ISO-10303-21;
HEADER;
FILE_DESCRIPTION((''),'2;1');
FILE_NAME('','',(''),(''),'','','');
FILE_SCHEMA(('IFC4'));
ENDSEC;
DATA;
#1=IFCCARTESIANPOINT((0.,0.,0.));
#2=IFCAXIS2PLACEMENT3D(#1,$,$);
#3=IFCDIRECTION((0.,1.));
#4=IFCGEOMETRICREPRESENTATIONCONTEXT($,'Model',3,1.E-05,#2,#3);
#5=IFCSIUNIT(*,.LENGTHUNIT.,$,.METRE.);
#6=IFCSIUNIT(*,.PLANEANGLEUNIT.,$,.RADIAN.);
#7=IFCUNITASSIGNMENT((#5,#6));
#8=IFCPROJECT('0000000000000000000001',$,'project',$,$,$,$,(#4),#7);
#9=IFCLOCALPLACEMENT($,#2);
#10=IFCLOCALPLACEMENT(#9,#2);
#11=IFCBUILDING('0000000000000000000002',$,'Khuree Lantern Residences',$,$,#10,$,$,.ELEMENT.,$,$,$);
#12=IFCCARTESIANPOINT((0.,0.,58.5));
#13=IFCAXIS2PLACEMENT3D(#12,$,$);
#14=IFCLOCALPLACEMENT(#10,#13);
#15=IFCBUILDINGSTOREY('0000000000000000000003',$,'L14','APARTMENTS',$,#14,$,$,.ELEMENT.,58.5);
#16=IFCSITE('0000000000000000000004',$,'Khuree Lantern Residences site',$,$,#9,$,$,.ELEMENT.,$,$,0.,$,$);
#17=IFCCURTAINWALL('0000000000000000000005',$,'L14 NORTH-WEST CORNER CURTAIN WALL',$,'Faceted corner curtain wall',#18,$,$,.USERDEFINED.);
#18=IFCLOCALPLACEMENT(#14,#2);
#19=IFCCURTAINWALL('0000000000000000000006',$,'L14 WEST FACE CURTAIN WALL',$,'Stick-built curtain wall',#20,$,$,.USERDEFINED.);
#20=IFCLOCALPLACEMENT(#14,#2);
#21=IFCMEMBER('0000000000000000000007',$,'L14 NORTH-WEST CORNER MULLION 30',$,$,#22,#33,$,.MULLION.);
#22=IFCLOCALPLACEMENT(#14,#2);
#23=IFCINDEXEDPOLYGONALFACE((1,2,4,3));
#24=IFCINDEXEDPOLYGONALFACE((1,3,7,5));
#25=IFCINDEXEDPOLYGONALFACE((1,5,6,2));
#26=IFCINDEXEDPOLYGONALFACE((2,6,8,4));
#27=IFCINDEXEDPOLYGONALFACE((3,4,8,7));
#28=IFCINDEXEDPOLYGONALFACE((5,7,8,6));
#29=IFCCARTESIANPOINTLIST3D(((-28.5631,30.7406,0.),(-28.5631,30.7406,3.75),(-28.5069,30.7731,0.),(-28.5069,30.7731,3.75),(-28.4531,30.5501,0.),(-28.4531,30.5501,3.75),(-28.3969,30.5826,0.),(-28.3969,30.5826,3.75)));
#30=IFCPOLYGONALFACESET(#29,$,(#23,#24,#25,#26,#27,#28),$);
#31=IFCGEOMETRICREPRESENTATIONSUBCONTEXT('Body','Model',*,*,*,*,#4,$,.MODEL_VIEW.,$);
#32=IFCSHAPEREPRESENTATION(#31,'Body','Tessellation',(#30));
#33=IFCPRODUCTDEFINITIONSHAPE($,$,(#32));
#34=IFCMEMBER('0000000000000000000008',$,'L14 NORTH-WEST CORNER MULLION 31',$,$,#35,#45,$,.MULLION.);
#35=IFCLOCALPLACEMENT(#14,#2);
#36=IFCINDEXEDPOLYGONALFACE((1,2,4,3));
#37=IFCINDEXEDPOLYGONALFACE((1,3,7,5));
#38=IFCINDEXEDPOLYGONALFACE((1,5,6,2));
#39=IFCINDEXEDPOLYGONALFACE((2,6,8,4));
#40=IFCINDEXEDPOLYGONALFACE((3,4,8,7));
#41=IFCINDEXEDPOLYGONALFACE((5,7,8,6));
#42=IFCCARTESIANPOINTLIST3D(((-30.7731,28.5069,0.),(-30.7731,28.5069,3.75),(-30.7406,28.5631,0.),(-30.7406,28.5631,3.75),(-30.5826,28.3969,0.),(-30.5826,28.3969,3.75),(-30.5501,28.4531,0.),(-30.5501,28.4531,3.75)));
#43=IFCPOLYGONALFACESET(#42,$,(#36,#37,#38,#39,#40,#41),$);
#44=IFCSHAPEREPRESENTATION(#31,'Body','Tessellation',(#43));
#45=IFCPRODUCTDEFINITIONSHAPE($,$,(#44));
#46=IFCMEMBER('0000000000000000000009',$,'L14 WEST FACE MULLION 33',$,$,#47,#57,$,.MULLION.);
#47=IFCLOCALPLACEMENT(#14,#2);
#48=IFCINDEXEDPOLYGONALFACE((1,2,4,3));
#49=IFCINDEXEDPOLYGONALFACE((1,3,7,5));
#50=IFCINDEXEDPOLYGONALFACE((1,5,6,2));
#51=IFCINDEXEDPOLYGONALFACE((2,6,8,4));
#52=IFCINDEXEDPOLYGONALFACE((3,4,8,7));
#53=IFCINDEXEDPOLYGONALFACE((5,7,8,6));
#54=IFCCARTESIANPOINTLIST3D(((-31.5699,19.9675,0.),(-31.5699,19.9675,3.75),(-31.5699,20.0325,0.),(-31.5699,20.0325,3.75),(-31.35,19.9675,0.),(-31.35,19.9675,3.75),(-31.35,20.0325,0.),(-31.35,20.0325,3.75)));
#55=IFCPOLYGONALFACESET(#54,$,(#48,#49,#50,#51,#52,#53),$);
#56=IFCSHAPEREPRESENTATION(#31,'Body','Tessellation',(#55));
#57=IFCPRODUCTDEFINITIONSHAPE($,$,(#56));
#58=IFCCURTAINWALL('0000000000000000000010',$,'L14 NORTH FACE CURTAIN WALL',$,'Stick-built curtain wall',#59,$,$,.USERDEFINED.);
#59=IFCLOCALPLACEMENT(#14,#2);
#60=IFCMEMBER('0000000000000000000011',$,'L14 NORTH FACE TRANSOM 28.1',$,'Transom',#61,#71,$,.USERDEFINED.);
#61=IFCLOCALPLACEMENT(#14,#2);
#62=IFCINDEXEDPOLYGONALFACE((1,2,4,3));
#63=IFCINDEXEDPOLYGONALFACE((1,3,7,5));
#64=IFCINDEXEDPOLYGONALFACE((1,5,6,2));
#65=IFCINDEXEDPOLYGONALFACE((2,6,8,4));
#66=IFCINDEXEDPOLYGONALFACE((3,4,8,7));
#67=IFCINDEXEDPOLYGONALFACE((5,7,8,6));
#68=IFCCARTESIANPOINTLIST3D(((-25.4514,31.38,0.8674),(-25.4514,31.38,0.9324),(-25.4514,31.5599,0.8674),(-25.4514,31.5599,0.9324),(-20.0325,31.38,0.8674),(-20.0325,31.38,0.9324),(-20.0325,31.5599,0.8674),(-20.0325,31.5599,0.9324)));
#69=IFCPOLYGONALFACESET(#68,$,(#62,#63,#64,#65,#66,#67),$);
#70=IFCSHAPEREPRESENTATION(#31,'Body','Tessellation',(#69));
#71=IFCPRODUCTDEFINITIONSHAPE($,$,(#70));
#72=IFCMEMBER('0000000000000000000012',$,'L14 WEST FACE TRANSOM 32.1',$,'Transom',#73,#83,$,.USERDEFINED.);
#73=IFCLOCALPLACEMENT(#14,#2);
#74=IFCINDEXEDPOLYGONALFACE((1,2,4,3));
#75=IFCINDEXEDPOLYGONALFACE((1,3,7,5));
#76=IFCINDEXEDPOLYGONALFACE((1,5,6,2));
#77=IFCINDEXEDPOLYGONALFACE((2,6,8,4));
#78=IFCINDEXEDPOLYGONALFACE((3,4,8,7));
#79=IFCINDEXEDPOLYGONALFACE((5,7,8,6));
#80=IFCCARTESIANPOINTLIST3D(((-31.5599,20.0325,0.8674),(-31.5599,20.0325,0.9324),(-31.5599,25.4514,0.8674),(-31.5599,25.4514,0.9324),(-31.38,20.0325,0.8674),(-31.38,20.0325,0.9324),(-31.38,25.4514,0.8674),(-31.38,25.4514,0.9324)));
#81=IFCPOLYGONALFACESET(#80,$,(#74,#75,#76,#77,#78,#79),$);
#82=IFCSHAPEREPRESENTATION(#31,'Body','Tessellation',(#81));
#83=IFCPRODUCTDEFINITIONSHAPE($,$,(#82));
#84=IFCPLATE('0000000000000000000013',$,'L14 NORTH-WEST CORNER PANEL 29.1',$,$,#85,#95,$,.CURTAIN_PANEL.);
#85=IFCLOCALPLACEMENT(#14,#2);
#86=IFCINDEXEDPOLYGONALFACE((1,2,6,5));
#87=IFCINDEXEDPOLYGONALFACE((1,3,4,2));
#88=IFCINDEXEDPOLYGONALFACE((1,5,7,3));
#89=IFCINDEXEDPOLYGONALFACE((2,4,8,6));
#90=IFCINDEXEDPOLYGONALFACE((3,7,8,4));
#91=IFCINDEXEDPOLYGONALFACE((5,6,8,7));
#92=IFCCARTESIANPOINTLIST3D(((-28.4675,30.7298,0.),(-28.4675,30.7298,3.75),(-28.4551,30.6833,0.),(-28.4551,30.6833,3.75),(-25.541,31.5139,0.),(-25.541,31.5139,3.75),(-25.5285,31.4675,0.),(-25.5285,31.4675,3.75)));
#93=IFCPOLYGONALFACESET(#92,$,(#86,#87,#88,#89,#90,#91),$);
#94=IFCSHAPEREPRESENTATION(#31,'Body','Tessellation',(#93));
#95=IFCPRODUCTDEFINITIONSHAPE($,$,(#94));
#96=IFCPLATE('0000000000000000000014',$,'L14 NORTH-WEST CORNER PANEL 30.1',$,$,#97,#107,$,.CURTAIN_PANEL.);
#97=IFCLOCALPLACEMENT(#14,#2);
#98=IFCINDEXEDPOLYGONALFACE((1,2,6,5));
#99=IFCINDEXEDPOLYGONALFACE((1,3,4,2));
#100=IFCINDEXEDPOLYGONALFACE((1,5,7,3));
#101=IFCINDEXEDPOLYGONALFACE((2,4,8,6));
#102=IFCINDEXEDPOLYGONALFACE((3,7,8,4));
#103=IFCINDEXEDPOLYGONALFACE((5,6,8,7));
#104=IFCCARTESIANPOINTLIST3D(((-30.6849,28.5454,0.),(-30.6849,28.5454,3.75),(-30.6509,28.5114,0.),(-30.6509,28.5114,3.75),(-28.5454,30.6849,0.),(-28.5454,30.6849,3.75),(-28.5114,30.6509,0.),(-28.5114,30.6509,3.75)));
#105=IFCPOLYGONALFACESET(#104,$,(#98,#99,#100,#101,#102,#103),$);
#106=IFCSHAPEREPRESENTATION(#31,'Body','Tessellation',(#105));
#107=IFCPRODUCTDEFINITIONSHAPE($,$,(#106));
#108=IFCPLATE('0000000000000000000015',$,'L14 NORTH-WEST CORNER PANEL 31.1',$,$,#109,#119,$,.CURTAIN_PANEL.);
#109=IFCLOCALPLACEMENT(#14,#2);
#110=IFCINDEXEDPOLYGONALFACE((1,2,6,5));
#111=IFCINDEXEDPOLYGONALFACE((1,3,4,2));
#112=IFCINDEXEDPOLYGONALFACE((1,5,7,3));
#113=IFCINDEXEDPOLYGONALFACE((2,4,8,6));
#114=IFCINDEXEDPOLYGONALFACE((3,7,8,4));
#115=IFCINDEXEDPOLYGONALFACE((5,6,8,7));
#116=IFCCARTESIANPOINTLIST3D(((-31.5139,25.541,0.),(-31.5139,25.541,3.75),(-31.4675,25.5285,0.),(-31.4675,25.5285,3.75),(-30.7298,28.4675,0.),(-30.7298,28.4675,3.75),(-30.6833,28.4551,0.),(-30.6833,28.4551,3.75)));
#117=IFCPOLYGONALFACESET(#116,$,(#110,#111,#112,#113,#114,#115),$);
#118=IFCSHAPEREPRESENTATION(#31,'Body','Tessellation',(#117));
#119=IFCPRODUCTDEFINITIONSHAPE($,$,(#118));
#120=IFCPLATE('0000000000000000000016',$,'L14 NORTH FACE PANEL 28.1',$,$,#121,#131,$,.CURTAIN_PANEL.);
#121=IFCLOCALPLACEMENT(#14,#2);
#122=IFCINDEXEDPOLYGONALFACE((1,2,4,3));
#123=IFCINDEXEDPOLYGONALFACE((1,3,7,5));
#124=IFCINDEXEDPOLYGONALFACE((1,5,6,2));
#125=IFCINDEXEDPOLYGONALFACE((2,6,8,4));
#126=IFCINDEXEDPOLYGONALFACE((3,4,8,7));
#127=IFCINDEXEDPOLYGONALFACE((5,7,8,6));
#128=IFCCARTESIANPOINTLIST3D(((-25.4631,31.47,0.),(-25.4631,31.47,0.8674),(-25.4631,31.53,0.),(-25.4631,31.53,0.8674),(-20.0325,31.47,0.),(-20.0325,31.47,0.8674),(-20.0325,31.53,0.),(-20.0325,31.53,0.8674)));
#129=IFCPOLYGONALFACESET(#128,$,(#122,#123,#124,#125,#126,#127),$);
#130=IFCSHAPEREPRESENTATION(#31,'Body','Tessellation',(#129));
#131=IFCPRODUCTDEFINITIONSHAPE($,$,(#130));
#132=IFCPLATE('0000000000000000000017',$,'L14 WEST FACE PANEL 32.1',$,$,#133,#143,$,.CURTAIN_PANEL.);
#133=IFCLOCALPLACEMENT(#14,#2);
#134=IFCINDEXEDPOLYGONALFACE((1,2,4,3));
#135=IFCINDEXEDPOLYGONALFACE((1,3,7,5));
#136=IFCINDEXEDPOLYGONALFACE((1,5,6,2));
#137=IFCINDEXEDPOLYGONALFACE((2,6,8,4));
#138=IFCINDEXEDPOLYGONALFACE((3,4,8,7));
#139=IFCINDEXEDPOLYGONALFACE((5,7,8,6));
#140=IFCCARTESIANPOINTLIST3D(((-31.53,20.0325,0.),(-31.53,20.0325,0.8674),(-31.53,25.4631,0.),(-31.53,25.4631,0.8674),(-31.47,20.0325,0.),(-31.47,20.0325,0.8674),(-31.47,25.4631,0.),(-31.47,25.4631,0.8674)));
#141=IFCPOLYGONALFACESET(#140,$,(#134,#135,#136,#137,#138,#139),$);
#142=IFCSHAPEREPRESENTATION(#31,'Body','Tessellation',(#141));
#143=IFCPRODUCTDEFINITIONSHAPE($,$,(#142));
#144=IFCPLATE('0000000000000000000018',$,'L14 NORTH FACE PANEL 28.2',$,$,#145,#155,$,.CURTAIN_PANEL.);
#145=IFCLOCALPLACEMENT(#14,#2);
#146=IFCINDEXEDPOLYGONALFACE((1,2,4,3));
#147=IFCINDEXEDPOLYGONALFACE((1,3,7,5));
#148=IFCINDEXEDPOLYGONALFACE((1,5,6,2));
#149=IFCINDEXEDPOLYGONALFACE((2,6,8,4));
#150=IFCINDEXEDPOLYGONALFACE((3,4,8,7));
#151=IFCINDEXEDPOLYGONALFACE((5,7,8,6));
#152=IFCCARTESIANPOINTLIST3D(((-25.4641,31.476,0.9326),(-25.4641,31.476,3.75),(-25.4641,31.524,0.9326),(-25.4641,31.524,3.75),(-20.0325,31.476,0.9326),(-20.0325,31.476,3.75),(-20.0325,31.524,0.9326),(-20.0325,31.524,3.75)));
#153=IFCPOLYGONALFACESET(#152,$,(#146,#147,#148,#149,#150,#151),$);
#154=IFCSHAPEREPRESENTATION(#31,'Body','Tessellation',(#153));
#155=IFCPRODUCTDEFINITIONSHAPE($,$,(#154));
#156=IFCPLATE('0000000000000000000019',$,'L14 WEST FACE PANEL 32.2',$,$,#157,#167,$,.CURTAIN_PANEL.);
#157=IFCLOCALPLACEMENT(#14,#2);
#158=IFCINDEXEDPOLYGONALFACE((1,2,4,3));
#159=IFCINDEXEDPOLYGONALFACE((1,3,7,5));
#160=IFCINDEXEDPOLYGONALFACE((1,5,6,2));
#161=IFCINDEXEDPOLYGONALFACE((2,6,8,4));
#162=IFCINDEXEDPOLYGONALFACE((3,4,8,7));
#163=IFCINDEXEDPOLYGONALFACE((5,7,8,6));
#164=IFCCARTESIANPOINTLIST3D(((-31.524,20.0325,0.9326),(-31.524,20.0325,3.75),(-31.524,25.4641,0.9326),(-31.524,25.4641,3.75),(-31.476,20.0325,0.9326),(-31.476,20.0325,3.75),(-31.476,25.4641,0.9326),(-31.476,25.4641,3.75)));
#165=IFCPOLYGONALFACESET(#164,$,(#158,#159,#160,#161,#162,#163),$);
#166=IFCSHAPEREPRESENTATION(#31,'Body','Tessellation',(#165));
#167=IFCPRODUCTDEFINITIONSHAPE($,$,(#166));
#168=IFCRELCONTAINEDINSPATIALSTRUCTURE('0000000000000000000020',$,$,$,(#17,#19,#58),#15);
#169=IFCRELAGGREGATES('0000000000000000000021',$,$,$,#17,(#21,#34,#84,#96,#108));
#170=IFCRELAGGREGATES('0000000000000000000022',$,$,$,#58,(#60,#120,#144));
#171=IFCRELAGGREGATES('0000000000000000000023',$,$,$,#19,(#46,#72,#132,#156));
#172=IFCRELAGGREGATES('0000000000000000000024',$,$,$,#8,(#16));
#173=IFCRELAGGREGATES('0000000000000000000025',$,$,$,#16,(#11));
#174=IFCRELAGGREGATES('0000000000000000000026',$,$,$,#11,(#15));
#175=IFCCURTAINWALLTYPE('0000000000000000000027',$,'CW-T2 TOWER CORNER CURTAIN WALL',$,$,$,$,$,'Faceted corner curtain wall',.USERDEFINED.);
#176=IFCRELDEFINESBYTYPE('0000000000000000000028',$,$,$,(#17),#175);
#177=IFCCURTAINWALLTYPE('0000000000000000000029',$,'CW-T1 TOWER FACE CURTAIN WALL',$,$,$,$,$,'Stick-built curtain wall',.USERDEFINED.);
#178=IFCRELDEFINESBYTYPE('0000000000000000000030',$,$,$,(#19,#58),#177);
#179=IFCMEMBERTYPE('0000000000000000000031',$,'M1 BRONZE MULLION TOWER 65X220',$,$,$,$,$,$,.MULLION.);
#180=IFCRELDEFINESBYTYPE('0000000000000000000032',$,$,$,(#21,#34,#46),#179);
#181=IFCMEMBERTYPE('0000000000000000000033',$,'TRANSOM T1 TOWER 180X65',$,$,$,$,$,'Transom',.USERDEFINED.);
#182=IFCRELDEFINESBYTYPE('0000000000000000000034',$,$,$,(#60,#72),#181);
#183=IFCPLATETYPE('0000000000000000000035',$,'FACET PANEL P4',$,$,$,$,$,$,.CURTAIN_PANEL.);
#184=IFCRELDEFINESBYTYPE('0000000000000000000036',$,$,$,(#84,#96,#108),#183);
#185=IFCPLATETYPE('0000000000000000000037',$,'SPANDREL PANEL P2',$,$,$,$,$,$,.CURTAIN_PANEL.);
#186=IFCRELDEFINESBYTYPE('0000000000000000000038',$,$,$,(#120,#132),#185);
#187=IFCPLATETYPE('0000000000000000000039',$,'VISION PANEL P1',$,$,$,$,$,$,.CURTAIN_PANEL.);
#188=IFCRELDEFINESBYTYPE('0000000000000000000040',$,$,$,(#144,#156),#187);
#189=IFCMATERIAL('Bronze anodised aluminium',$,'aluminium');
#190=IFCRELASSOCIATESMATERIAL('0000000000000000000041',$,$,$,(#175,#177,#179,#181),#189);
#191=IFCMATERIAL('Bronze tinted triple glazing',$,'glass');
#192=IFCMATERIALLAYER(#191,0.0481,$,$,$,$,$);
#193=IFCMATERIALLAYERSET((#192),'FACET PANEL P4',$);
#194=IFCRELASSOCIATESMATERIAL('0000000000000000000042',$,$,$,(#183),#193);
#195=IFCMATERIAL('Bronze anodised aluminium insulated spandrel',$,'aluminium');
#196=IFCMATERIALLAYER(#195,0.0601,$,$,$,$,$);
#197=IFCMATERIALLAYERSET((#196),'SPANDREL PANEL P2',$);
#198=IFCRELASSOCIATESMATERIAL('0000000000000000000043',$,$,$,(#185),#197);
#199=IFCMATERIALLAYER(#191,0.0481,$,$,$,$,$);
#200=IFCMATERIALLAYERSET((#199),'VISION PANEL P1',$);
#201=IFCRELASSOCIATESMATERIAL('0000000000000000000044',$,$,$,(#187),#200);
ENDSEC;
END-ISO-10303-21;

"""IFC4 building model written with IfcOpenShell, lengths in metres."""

from ifc_helpers import new_model, si_unit, direction, frame, origin, origin_2d, place, context, subcontext, project, spatial, rectangle, extrude, material, layer, layer_set, material_profile, profile_set, type_object, element, aggregate, save


model = new_model("IFC4")

# Units and contexts
model_context = context("Model", 3, precision=1e-05, world=origin(), true_north=direction((0.0, 1.0)))
body_context = subcontext(model_context, "Body", "Model", "MODEL_VIEW")
ifc_project = project(units=[si_unit("LENGTHUNIT", "METRE"), si_unit("PLANEANGLEUNIT", "RADIAN")], contexts=[model_context])

# Site, building, storey
site_placement = place(None, origin())
site = spatial("IfcSite", under=ifc_project, at=site_placement, Name="Khuree Lantern Residences site", CompositionType="ELEMENT", RefElevation=0.0)
building_placement = place(site_placement, origin())
building = spatial("IfcBuilding", under=site, at=building_placement, Name="Khuree Lantern Residences", CompositionType="ELEMENT")
storey_placement = place(building_placement, frame((0.0, 0.0, 58.5)))
storey = spatial("IfcBuildingStorey", under=building, at=storey_placement, Name="L14", Description="APARTMENTS", CompositionType="ELEMENT", Elevation=58.5)

# Curtain walls
ifc_material_1 = material(Name="Bronze anodised aluminium", Category="aluminium")
curtain_wall_type_1 = type_object("IfcCurtainWallType", Name="CW-T2 TOWER CORNER CURTAIN WALL", ElementType="Faceted corner curtain wall", PredefinedType="USERDEFINED", material=ifc_material_1)
curtain_wall_1_placement = place(storey_placement, origin())
curtain_wall_1 = element("IfcCurtainWall", 1, at=curtain_wall_1_placement, inside=storey, type_object=curtain_wall_type_1, Name="L14 NORTH-WEST CORNER CURTAIN WALL", ObjectType="Faceted corner curtain wall", PredefinedType="USERDEFINED")
curtain_wall_type_2 = type_object("IfcCurtainWallType", Name="CW-T1 TOWER FACE CURTAIN WALL", ElementType="Stick-built curtain wall", PredefinedType="USERDEFINED", material=ifc_material_1)
curtain_wall_2_placement = place(storey_placement, origin())
curtain_wall_2 = element("IfcCurtainWall", 2, at=curtain_wall_2_placement, inside=storey, type_object=curtain_wall_type_2, Name="L14 WEST FACE CURTAIN WALL", ObjectType="Stick-built curtain wall", PredefinedType="USERDEFINED")

# Members
ifc_material_profile_1 = material_profile(ifc_material_1, rectangle(XDim=0.0649, YDim=0.22, at=origin_2d()), Name="M1 65X220")
ifc_profile_set_1 = profile_set([ifc_material_profile_1], Name="Bronze anodised aluminium")
member_type_1 = type_object("IfcMemberType", Name="M1 BRONZE MULLION TOWER 65X220", PredefinedType="MULLION", material=ifc_profile_set_1)
member_1_placement = place(storey_placement, frame((-28.48, 30.6616, 0.0), z_axis=(0.0, 0.0, 1.0), x_axis=(-0.866025, -0.5, 0.0)))
member_1 = element("IfcMember", 3, at=member_1_placement, type_object=member_type_1, Name="L14 NORTH-WEST CORNER MULLION 30", PredefinedType="MULLION", context=body_context, shape_type="SweptSolid", body=[
    extrude(rectangle(XDim=0.0649, YDim=0.22, at=origin_2d()), origin(), (0.0, 0.0, 1.0), 3.75),
])
member_2_placement = place(storey_placement, frame((-30.6616, 28.48, 0.0), z_axis=(0.0, 0.0, 1.0), x_axis=(-0.5, -0.866025, 0.0)))
member_2 = element("IfcMember", 4, at=member_2_placement, type_object=member_type_1, Name="L14 NORTH-WEST CORNER MULLION 31", PredefinedType="MULLION", context=body_context, shape_type="SweptSolid", body=[
    extrude(rectangle(XDim=0.0649, YDim=0.22, at=origin_2d()), origin(), (0.0, 0.0, 1.0), 3.75),
])
member_3_placement = place(storey_placement, frame((-31.46, 20.0, 0.0), z_axis=(0.0, 0.0, 1.0), x_axis=(0.0, -1.0, 0.0)))
member_3 = element("IfcMember", 5, at=member_3_placement, type_object=member_type_1, Name="L14 WEST FACE MULLION 33", PredefinedType="MULLION", context=body_context, shape_type="SweptSolid", body=[
    extrude(rectangle(XDim=0.0649, YDim=0.22, at=origin_2d()), origin(), (0.0, 0.0, 1.0), 3.75),
])

# Curtain wall, member
curtain_wall_3_placement = place(storey_placement, origin())
curtain_wall_3 = element("IfcCurtainWall", 6, at=curtain_wall_3_placement, inside=storey, type_object=curtain_wall_type_2, Name="L14 NORTH FACE CURTAIN WALL", ObjectType="Stick-built curtain wall", PredefinedType="USERDEFINED")
ifc_material_profile_2 = material_profile(ifc_material_1, rectangle(XDim=0.1799, YDim=0.0649, at=origin_2d()), Name="T1 180X65")
ifc_profile_set_2 = profile_set([ifc_material_profile_2], Name="Bronze anodised aluminium")
member_type_2 = type_object("IfcMemberType", Name="TRANSOM T1 TOWER 180X65", ElementType="Transom", PredefinedType="USERDEFINED", material=ifc_profile_set_2)
member_4_placement = place(storey_placement, frame((-20.0325, 31.47, 0.8999), z_axis=(-1.0, 0.0, 0.0), x_axis=(0.0, -1.0, 0.0)))
member_4 = element("IfcMember", 7, at=member_4_placement, type_object=member_type_2, Name="L14 NORTH FACE TRANSOM 28.1", ObjectType="Transom", PredefinedType="USERDEFINED", context=body_context, shape_type="SweptSolid", body=[
    extrude(rectangle(XDim=0.1799, YDim=0.0649, at=origin_2d()), origin(), (0.0, 0.0, 1.0), 5.4189),
])

# Member
member_5_placement = place(storey_placement, frame((-31.47, 25.4514, 0.8999), z_axis=(0.0, -1.0, 0.0), x_axis=(1.0, 0.0, 0.0)))
member_5 = element("IfcMember", 8, at=member_5_placement, type_object=member_type_2, Name="L14 WEST FACE TRANSOM 32.1", ObjectType="Transom", PredefinedType="USERDEFINED", context=body_context, shape_type="SweptSolid", body=[
    extrude(rectangle(XDim=0.1799, YDim=0.0649, at=origin_2d()), origin(), (0.0, 0.0, 1.0), 5.4189),
])

# Plates
ifc_material_2 = material(Name="Bronze tinted triple glazing", Category="glass")
ifc_layer_1 = layer(ifc_material_2, 0.0481)
ifc_layer_set_1 = layer_set([ifc_layer_1], Name="FACET PANEL P4")
plate_type_1 = type_object("IfcPlateType", Name="FACET PANEL P4", PredefinedType="CURTAIN_PANEL", material=ifc_layer_set_1)
plate_1_placement = place(storey_placement, frame((-26.998, 31.0986, 0.0), z_axis=(0.0, 0.0, 1.0), x_axis=(-0.965926, -0.258819, 0.0)))
plate_1 = element("IfcPlate", 9, at=plate_1_placement, type_object=plate_type_1, Name="L14 NORTH-WEST CORNER PANEL 29.1", PredefinedType="CURTAIN_PANEL", context=body_context, shape_type="SweptSolid", body=[
    extrude(rectangle(XDim=3.0298, YDim=0.0481, at=origin_2d()), origin(), (0.0, 0.0, 1.0), 3.75),
])
plate_2_placement = place(storey_placement, frame((-29.5981, 29.5981, 0.0), z_axis=(0.0, 0.0, 1.0), x_axis=(-0.707107, -0.707107, 0.0)))
plate_2 = element("IfcPlate", 10, at=plate_2_placement, type_object=plate_type_1, Name="L14 NORTH-WEST CORNER PANEL 30.1", PredefinedType="CURTAIN_PANEL", context=body_context, shape_type="SweptSolid", body=[
    extrude(rectangle(XDim=3.0256, YDim=0.0481, at=origin_2d()), origin(), (0.0, 0.0, 1.0), 3.75),
])
plate_3_placement = place(storey_placement, frame((-31.0986, 26.998, 0.0), z_axis=(0.0, 0.0, 1.0), x_axis=(-0.258819, -0.965926, 0.0)))
plate_3 = element("IfcPlate", 11, at=plate_3_placement, type_object=plate_type_1, Name="L14 NORTH-WEST CORNER PANEL 31.1", PredefinedType="CURTAIN_PANEL", context=body_context, shape_type="SweptSolid", body=[
    extrude(rectangle(XDim=3.0298, YDim=0.0481, at=origin_2d()), origin(), (0.0, 0.0, 1.0), 3.75),
])
aggregate(curtain_wall_1, [member_1, member_2, plate_1, plate_2, plate_3])
ifc_material_3 = material(Name="Bronze anodised aluminium insulated spandrel", Category="aluminium")
ifc_layer_2 = layer(ifc_material_3, 0.0601)
ifc_layer_set_2 = layer_set([ifc_layer_2], Name="SPANDREL PANEL P2")
plate_type_2 = type_object("IfcPlateType", Name="SPANDREL PANEL P2", PredefinedType="CURTAIN_PANEL", material=ifc_layer_set_2)
plate_4_placement = place(storey_placement, frame((-22.7478, 31.5, 0.0), z_axis=(0.0, 0.0, 1.0), x_axis=(-1.0, 0.0, 0.0)))
plate_4 = element("IfcPlate", 12, at=plate_4_placement, type_object=plate_type_2, Name="L14 NORTH FACE PANEL 28.1", PredefinedType="CURTAIN_PANEL", context=body_context, shape_type="SweptSolid", body=[
    extrude(rectangle(XDim=5.4307, YDim=0.0601, at=origin_2d()), origin(), (0.0, 0.0, 1.0), 0.8674),
])
plate_5_placement = place(storey_placement, frame((-31.5, 22.7478, 0.0), z_axis=(0.0, 0.0, 1.0), x_axis=(0.0, -1.0, 0.0)))
plate_5 = element("IfcPlate", 13, at=plate_5_placement, type_object=plate_type_2, Name="L14 WEST FACE PANEL 32.1", PredefinedType="CURTAIN_PANEL", context=body_context, shape_type="SweptSolid", body=[
    extrude(rectangle(XDim=5.4307, YDim=0.0601, at=origin_2d()), origin(), (0.0, 0.0, 1.0), 0.8674),
])
ifc_layer_3 = layer(ifc_material_2, 0.0481)
ifc_layer_set_3 = layer_set([ifc_layer_3], Name="VISION PANEL P1")
plate_type_3 = type_object("IfcPlateType", Name="VISION PANEL P1", PredefinedType="CURTAIN_PANEL", material=ifc_layer_set_3)
plate_6_placement = place(storey_placement, frame((-22.7483, 31.5, 0.9326), z_axis=(0.0, 0.0, 1.0), x_axis=(-1.0, 0.0, 0.0)))
plate_6 = element("IfcPlate", 14, at=plate_6_placement, type_object=plate_type_3, Name="L14 NORTH FACE PANEL 28.2", PredefinedType="CURTAIN_PANEL", context=body_context, shape_type="SweptSolid", body=[
    extrude(rectangle(XDim=5.4316, YDim=0.0481, at=origin_2d()), origin(), (0.0, 0.0, 1.0), 2.8174),
])
aggregate(curtain_wall_3, [member_4, plate_4, plate_6])
plate_7_placement = place(storey_placement, frame((-31.5, 22.7483, 0.9326), z_axis=(0.0, 0.0, 1.0), x_axis=(0.0, -1.0, 0.0)))
plate_7 = element("IfcPlate", 15, at=plate_7_placement, type_object=plate_type_3, Name="L14 WEST FACE PANEL 32.2", PredefinedType="CURTAIN_PANEL", context=body_context, shape_type="SweptSolid", body=[
    extrude(rectangle(XDim=5.4316, YDim=0.0481, at=origin_2d()), origin(), (0.0, 0.0, 1.0), 2.8174),
])
aggregate(curtain_wall_2, [member_3, member_5, plate_5, plate_7])

save(model, "model.ifc")
